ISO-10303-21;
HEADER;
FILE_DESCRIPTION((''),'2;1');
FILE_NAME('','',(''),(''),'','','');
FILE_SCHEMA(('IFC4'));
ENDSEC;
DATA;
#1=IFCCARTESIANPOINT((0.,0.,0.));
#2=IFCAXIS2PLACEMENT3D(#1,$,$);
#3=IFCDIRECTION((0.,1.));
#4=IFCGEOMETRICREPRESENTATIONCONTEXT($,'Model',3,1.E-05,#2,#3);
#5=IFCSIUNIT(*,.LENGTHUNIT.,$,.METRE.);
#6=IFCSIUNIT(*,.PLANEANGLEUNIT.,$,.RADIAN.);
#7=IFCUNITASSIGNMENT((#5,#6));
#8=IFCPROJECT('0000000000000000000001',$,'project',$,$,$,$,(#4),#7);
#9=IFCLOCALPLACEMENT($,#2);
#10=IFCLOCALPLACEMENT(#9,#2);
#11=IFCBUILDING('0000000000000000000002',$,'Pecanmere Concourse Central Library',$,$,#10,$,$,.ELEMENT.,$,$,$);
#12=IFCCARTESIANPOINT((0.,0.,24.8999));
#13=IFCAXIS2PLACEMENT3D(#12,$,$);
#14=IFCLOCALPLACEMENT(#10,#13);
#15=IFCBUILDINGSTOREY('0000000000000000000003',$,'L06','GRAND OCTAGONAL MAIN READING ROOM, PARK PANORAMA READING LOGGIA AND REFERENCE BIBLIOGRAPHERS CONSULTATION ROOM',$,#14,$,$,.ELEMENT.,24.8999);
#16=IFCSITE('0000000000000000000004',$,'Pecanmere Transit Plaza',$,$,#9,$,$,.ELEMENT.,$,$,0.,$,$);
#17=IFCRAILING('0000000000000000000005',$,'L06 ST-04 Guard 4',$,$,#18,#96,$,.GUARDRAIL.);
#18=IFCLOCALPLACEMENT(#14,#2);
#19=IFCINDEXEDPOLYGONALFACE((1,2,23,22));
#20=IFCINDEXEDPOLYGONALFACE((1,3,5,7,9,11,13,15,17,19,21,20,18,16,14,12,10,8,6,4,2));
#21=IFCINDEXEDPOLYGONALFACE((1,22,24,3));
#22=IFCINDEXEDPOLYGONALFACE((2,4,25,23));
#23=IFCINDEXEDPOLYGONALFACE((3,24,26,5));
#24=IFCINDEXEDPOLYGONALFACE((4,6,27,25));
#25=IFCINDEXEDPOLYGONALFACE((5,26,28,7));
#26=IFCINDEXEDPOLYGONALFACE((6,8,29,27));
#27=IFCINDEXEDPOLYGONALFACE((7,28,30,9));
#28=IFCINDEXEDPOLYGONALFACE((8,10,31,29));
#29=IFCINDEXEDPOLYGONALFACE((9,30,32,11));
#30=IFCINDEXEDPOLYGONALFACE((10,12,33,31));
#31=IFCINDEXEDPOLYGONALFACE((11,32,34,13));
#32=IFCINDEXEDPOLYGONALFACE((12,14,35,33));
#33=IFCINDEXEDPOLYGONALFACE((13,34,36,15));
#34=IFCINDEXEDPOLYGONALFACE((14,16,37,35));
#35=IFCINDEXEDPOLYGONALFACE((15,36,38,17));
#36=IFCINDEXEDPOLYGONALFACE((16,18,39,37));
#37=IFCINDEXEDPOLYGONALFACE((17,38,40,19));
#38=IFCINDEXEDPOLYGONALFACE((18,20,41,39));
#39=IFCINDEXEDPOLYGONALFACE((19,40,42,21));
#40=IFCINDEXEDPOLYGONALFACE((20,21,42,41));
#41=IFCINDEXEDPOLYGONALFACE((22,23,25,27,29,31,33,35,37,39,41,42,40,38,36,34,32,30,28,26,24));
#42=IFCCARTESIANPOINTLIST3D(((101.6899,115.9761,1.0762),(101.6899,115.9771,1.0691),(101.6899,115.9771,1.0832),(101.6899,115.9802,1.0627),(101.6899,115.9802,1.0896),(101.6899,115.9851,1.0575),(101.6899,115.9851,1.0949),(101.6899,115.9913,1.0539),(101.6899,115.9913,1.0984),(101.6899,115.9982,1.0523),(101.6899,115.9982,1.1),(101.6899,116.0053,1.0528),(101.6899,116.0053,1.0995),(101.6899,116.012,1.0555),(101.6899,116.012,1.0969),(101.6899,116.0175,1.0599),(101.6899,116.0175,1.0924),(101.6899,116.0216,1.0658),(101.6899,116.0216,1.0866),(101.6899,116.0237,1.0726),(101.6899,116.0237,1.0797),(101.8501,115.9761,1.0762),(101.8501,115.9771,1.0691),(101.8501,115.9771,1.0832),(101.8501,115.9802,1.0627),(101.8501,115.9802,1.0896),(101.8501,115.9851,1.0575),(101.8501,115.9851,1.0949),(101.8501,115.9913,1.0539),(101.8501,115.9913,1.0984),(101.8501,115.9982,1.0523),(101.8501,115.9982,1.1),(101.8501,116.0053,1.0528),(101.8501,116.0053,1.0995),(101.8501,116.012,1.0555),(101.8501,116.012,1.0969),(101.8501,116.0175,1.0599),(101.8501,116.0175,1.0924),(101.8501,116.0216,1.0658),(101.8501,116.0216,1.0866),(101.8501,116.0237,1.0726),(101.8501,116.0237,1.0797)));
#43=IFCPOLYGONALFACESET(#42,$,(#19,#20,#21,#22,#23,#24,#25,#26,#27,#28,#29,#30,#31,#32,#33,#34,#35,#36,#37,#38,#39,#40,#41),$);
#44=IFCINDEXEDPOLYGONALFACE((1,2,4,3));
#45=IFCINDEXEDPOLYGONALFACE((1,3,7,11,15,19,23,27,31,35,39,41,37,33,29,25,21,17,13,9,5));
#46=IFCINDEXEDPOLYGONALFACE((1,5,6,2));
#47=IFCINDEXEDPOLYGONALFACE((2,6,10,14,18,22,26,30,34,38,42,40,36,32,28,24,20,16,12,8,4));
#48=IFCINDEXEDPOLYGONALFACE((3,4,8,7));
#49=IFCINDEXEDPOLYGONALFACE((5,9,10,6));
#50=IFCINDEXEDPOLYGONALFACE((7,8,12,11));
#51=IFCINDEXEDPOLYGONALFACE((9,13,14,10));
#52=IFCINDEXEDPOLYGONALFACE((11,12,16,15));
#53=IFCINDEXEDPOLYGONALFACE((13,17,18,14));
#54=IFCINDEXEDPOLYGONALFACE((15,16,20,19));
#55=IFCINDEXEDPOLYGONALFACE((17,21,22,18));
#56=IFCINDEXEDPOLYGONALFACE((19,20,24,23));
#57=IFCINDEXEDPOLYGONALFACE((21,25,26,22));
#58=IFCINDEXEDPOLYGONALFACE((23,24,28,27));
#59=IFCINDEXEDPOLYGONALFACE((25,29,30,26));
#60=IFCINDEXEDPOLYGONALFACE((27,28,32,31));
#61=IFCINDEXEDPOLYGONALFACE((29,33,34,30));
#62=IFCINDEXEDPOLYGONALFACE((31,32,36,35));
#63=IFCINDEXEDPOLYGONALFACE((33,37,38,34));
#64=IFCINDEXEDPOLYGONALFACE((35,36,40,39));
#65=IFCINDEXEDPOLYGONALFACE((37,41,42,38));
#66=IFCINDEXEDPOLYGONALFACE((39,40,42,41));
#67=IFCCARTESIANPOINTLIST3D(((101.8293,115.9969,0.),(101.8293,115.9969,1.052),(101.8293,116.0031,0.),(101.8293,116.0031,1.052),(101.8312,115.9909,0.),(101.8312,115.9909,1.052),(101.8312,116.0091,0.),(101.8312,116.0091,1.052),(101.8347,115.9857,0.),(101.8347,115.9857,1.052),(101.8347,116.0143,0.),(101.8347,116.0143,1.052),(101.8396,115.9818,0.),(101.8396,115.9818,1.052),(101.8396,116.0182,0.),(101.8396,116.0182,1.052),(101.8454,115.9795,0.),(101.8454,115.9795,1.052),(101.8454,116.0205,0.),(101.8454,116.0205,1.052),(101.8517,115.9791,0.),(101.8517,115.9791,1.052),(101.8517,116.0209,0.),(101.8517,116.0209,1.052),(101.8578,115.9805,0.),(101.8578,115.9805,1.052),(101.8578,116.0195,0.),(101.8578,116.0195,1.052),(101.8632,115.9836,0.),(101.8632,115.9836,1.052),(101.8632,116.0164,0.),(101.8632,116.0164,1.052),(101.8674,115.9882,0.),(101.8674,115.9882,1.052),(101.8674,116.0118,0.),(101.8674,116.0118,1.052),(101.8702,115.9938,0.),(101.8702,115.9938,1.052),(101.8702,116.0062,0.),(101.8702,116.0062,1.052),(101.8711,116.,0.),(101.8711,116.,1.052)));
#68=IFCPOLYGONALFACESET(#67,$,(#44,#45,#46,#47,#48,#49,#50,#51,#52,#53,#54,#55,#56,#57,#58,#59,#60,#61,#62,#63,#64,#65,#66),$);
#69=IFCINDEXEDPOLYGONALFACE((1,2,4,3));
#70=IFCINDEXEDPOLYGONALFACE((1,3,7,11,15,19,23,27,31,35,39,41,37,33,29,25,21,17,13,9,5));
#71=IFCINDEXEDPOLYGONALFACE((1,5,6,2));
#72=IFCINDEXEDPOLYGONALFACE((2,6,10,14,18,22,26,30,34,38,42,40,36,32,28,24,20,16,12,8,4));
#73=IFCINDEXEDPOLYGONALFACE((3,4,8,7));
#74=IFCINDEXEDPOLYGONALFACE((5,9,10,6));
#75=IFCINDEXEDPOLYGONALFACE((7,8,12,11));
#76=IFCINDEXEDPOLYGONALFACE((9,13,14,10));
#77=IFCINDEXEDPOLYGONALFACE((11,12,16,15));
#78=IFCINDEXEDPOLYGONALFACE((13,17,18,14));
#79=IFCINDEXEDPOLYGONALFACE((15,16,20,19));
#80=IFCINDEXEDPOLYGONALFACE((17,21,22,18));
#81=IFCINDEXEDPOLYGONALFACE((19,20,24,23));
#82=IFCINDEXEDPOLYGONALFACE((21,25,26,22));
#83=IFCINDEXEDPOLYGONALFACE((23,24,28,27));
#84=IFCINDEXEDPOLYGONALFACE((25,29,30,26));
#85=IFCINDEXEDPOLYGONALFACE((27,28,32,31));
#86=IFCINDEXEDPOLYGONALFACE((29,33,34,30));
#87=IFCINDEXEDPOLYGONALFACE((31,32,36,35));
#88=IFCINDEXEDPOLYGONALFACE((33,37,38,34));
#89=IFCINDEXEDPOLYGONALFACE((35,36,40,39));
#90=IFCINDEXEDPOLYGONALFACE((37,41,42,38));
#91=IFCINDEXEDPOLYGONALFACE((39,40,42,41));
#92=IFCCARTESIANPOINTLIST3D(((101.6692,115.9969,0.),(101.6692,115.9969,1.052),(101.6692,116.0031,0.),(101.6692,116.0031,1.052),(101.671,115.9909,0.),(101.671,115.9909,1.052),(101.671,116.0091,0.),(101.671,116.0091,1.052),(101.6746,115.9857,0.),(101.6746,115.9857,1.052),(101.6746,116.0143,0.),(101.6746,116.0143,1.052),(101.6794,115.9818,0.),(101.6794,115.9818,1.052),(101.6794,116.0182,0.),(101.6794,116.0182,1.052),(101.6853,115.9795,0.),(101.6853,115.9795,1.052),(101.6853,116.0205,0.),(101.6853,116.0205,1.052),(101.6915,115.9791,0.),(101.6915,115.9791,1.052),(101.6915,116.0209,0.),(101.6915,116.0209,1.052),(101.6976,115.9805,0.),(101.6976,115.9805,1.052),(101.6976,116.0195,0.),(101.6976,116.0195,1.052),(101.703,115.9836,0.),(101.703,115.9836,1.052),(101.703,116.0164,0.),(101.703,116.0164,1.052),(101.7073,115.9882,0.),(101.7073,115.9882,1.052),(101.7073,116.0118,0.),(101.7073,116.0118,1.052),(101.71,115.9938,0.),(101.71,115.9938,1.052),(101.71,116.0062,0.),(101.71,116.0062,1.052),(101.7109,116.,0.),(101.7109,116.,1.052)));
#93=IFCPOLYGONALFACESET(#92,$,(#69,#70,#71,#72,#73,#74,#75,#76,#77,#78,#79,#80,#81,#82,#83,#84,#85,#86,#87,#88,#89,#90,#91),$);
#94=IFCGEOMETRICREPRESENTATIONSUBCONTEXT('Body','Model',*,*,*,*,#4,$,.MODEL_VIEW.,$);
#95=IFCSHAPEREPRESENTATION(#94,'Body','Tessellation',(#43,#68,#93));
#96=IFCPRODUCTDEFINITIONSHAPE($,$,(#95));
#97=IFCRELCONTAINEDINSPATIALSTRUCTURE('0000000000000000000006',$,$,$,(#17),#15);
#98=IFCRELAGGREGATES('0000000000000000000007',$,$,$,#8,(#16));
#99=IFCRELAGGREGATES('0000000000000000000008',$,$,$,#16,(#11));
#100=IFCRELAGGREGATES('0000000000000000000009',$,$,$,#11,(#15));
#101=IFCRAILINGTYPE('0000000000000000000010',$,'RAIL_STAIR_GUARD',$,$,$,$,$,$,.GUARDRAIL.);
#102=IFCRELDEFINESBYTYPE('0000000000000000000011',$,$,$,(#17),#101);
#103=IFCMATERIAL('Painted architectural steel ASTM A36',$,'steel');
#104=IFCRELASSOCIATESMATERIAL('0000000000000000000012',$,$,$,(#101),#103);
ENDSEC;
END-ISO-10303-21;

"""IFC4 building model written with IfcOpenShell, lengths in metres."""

from ifc_helpers import new_model, si_unit, direction, frame, origin, origin_2d, place, context, subcontext, project, spatial, circle, extrude, material, type_object, element, save


model = new_model("IFC4")

# Units and contexts
model_context = context("Model", 3, precision=1e-05, world=origin(), true_north=direction((0.0, 1.0)))
body_context = subcontext(model_context, "Body", "Model", "MODEL_VIEW")
ifc_project = project(units=[si_unit("LENGTHUNIT", "METRE"), si_unit("PLANEANGLEUNIT", "RADIAN")], contexts=[model_context])

# Site, building, storey
site_placement = place(None, origin())
site = spatial("IfcSite", under=ifc_project, at=site_placement, Name="Pecanmere Transit Plaza", CompositionType="ELEMENT", RefElevation=0.0)
building_placement = place(site_placement, origin())
building = spatial("IfcBuilding", under=site, at=building_placement, Name="Pecanmere Concourse Central Library", CompositionType="ELEMENT")
storey_placement = place(building_placement, frame((0.0, 0.0, 24.8999)))
storey = spatial("IfcBuildingStorey", under=building, at=storey_placement, Name="L06", Description="GRAND OCTAGONAL MAIN READING ROOM, PARK PANORAMA READING LOGGIA AND REFERENCE BIBLIOGRAPHERS CONSULTATION ROOM", CompositionType="ELEMENT", Elevation=24.8999)

# Railing
ifc_material_1 = material(Name="Painted architectural steel ASTM A36", Category="steel")
railing_type_1 = type_object("IfcRailingType", Name="RAIL_STAIR_GUARD", PredefinedType="GUARDRAIL", material=ifc_material_1)
railing_1_placement = place(storey_placement, frame((101.8501, 116.0, 0.0)))
element("IfcRailing", 1, at=railing_1_placement, inside=storey, type_object=railing_type_1, Name="L06 ST-04 Guard 4", PredefinedType="GUARDRAIL", context=body_context, shape_type="SweptSolid", body=[
    extrude(circle(Radius=0.0239, at=origin_2d()), frame((0.0, 0.0, 1.0762), z_axis=(-1.0, 0.0, 0.0), x_axis=(0.0, -1.0, 0.0)), (0.0, 0.0, 1.0), 0.1602),
    extrude(circle(Radius=0.021, at=origin_2d()), origin(), (0.0, 0.0, 1.0), 1.052),
    extrude(circle(Radius=0.021, at=origin_2d()), frame((-0.1602, 0.0, 0.0)), (0.0, 0.0, 1.0), 1.052),
])

save(model, "model.ifc")
